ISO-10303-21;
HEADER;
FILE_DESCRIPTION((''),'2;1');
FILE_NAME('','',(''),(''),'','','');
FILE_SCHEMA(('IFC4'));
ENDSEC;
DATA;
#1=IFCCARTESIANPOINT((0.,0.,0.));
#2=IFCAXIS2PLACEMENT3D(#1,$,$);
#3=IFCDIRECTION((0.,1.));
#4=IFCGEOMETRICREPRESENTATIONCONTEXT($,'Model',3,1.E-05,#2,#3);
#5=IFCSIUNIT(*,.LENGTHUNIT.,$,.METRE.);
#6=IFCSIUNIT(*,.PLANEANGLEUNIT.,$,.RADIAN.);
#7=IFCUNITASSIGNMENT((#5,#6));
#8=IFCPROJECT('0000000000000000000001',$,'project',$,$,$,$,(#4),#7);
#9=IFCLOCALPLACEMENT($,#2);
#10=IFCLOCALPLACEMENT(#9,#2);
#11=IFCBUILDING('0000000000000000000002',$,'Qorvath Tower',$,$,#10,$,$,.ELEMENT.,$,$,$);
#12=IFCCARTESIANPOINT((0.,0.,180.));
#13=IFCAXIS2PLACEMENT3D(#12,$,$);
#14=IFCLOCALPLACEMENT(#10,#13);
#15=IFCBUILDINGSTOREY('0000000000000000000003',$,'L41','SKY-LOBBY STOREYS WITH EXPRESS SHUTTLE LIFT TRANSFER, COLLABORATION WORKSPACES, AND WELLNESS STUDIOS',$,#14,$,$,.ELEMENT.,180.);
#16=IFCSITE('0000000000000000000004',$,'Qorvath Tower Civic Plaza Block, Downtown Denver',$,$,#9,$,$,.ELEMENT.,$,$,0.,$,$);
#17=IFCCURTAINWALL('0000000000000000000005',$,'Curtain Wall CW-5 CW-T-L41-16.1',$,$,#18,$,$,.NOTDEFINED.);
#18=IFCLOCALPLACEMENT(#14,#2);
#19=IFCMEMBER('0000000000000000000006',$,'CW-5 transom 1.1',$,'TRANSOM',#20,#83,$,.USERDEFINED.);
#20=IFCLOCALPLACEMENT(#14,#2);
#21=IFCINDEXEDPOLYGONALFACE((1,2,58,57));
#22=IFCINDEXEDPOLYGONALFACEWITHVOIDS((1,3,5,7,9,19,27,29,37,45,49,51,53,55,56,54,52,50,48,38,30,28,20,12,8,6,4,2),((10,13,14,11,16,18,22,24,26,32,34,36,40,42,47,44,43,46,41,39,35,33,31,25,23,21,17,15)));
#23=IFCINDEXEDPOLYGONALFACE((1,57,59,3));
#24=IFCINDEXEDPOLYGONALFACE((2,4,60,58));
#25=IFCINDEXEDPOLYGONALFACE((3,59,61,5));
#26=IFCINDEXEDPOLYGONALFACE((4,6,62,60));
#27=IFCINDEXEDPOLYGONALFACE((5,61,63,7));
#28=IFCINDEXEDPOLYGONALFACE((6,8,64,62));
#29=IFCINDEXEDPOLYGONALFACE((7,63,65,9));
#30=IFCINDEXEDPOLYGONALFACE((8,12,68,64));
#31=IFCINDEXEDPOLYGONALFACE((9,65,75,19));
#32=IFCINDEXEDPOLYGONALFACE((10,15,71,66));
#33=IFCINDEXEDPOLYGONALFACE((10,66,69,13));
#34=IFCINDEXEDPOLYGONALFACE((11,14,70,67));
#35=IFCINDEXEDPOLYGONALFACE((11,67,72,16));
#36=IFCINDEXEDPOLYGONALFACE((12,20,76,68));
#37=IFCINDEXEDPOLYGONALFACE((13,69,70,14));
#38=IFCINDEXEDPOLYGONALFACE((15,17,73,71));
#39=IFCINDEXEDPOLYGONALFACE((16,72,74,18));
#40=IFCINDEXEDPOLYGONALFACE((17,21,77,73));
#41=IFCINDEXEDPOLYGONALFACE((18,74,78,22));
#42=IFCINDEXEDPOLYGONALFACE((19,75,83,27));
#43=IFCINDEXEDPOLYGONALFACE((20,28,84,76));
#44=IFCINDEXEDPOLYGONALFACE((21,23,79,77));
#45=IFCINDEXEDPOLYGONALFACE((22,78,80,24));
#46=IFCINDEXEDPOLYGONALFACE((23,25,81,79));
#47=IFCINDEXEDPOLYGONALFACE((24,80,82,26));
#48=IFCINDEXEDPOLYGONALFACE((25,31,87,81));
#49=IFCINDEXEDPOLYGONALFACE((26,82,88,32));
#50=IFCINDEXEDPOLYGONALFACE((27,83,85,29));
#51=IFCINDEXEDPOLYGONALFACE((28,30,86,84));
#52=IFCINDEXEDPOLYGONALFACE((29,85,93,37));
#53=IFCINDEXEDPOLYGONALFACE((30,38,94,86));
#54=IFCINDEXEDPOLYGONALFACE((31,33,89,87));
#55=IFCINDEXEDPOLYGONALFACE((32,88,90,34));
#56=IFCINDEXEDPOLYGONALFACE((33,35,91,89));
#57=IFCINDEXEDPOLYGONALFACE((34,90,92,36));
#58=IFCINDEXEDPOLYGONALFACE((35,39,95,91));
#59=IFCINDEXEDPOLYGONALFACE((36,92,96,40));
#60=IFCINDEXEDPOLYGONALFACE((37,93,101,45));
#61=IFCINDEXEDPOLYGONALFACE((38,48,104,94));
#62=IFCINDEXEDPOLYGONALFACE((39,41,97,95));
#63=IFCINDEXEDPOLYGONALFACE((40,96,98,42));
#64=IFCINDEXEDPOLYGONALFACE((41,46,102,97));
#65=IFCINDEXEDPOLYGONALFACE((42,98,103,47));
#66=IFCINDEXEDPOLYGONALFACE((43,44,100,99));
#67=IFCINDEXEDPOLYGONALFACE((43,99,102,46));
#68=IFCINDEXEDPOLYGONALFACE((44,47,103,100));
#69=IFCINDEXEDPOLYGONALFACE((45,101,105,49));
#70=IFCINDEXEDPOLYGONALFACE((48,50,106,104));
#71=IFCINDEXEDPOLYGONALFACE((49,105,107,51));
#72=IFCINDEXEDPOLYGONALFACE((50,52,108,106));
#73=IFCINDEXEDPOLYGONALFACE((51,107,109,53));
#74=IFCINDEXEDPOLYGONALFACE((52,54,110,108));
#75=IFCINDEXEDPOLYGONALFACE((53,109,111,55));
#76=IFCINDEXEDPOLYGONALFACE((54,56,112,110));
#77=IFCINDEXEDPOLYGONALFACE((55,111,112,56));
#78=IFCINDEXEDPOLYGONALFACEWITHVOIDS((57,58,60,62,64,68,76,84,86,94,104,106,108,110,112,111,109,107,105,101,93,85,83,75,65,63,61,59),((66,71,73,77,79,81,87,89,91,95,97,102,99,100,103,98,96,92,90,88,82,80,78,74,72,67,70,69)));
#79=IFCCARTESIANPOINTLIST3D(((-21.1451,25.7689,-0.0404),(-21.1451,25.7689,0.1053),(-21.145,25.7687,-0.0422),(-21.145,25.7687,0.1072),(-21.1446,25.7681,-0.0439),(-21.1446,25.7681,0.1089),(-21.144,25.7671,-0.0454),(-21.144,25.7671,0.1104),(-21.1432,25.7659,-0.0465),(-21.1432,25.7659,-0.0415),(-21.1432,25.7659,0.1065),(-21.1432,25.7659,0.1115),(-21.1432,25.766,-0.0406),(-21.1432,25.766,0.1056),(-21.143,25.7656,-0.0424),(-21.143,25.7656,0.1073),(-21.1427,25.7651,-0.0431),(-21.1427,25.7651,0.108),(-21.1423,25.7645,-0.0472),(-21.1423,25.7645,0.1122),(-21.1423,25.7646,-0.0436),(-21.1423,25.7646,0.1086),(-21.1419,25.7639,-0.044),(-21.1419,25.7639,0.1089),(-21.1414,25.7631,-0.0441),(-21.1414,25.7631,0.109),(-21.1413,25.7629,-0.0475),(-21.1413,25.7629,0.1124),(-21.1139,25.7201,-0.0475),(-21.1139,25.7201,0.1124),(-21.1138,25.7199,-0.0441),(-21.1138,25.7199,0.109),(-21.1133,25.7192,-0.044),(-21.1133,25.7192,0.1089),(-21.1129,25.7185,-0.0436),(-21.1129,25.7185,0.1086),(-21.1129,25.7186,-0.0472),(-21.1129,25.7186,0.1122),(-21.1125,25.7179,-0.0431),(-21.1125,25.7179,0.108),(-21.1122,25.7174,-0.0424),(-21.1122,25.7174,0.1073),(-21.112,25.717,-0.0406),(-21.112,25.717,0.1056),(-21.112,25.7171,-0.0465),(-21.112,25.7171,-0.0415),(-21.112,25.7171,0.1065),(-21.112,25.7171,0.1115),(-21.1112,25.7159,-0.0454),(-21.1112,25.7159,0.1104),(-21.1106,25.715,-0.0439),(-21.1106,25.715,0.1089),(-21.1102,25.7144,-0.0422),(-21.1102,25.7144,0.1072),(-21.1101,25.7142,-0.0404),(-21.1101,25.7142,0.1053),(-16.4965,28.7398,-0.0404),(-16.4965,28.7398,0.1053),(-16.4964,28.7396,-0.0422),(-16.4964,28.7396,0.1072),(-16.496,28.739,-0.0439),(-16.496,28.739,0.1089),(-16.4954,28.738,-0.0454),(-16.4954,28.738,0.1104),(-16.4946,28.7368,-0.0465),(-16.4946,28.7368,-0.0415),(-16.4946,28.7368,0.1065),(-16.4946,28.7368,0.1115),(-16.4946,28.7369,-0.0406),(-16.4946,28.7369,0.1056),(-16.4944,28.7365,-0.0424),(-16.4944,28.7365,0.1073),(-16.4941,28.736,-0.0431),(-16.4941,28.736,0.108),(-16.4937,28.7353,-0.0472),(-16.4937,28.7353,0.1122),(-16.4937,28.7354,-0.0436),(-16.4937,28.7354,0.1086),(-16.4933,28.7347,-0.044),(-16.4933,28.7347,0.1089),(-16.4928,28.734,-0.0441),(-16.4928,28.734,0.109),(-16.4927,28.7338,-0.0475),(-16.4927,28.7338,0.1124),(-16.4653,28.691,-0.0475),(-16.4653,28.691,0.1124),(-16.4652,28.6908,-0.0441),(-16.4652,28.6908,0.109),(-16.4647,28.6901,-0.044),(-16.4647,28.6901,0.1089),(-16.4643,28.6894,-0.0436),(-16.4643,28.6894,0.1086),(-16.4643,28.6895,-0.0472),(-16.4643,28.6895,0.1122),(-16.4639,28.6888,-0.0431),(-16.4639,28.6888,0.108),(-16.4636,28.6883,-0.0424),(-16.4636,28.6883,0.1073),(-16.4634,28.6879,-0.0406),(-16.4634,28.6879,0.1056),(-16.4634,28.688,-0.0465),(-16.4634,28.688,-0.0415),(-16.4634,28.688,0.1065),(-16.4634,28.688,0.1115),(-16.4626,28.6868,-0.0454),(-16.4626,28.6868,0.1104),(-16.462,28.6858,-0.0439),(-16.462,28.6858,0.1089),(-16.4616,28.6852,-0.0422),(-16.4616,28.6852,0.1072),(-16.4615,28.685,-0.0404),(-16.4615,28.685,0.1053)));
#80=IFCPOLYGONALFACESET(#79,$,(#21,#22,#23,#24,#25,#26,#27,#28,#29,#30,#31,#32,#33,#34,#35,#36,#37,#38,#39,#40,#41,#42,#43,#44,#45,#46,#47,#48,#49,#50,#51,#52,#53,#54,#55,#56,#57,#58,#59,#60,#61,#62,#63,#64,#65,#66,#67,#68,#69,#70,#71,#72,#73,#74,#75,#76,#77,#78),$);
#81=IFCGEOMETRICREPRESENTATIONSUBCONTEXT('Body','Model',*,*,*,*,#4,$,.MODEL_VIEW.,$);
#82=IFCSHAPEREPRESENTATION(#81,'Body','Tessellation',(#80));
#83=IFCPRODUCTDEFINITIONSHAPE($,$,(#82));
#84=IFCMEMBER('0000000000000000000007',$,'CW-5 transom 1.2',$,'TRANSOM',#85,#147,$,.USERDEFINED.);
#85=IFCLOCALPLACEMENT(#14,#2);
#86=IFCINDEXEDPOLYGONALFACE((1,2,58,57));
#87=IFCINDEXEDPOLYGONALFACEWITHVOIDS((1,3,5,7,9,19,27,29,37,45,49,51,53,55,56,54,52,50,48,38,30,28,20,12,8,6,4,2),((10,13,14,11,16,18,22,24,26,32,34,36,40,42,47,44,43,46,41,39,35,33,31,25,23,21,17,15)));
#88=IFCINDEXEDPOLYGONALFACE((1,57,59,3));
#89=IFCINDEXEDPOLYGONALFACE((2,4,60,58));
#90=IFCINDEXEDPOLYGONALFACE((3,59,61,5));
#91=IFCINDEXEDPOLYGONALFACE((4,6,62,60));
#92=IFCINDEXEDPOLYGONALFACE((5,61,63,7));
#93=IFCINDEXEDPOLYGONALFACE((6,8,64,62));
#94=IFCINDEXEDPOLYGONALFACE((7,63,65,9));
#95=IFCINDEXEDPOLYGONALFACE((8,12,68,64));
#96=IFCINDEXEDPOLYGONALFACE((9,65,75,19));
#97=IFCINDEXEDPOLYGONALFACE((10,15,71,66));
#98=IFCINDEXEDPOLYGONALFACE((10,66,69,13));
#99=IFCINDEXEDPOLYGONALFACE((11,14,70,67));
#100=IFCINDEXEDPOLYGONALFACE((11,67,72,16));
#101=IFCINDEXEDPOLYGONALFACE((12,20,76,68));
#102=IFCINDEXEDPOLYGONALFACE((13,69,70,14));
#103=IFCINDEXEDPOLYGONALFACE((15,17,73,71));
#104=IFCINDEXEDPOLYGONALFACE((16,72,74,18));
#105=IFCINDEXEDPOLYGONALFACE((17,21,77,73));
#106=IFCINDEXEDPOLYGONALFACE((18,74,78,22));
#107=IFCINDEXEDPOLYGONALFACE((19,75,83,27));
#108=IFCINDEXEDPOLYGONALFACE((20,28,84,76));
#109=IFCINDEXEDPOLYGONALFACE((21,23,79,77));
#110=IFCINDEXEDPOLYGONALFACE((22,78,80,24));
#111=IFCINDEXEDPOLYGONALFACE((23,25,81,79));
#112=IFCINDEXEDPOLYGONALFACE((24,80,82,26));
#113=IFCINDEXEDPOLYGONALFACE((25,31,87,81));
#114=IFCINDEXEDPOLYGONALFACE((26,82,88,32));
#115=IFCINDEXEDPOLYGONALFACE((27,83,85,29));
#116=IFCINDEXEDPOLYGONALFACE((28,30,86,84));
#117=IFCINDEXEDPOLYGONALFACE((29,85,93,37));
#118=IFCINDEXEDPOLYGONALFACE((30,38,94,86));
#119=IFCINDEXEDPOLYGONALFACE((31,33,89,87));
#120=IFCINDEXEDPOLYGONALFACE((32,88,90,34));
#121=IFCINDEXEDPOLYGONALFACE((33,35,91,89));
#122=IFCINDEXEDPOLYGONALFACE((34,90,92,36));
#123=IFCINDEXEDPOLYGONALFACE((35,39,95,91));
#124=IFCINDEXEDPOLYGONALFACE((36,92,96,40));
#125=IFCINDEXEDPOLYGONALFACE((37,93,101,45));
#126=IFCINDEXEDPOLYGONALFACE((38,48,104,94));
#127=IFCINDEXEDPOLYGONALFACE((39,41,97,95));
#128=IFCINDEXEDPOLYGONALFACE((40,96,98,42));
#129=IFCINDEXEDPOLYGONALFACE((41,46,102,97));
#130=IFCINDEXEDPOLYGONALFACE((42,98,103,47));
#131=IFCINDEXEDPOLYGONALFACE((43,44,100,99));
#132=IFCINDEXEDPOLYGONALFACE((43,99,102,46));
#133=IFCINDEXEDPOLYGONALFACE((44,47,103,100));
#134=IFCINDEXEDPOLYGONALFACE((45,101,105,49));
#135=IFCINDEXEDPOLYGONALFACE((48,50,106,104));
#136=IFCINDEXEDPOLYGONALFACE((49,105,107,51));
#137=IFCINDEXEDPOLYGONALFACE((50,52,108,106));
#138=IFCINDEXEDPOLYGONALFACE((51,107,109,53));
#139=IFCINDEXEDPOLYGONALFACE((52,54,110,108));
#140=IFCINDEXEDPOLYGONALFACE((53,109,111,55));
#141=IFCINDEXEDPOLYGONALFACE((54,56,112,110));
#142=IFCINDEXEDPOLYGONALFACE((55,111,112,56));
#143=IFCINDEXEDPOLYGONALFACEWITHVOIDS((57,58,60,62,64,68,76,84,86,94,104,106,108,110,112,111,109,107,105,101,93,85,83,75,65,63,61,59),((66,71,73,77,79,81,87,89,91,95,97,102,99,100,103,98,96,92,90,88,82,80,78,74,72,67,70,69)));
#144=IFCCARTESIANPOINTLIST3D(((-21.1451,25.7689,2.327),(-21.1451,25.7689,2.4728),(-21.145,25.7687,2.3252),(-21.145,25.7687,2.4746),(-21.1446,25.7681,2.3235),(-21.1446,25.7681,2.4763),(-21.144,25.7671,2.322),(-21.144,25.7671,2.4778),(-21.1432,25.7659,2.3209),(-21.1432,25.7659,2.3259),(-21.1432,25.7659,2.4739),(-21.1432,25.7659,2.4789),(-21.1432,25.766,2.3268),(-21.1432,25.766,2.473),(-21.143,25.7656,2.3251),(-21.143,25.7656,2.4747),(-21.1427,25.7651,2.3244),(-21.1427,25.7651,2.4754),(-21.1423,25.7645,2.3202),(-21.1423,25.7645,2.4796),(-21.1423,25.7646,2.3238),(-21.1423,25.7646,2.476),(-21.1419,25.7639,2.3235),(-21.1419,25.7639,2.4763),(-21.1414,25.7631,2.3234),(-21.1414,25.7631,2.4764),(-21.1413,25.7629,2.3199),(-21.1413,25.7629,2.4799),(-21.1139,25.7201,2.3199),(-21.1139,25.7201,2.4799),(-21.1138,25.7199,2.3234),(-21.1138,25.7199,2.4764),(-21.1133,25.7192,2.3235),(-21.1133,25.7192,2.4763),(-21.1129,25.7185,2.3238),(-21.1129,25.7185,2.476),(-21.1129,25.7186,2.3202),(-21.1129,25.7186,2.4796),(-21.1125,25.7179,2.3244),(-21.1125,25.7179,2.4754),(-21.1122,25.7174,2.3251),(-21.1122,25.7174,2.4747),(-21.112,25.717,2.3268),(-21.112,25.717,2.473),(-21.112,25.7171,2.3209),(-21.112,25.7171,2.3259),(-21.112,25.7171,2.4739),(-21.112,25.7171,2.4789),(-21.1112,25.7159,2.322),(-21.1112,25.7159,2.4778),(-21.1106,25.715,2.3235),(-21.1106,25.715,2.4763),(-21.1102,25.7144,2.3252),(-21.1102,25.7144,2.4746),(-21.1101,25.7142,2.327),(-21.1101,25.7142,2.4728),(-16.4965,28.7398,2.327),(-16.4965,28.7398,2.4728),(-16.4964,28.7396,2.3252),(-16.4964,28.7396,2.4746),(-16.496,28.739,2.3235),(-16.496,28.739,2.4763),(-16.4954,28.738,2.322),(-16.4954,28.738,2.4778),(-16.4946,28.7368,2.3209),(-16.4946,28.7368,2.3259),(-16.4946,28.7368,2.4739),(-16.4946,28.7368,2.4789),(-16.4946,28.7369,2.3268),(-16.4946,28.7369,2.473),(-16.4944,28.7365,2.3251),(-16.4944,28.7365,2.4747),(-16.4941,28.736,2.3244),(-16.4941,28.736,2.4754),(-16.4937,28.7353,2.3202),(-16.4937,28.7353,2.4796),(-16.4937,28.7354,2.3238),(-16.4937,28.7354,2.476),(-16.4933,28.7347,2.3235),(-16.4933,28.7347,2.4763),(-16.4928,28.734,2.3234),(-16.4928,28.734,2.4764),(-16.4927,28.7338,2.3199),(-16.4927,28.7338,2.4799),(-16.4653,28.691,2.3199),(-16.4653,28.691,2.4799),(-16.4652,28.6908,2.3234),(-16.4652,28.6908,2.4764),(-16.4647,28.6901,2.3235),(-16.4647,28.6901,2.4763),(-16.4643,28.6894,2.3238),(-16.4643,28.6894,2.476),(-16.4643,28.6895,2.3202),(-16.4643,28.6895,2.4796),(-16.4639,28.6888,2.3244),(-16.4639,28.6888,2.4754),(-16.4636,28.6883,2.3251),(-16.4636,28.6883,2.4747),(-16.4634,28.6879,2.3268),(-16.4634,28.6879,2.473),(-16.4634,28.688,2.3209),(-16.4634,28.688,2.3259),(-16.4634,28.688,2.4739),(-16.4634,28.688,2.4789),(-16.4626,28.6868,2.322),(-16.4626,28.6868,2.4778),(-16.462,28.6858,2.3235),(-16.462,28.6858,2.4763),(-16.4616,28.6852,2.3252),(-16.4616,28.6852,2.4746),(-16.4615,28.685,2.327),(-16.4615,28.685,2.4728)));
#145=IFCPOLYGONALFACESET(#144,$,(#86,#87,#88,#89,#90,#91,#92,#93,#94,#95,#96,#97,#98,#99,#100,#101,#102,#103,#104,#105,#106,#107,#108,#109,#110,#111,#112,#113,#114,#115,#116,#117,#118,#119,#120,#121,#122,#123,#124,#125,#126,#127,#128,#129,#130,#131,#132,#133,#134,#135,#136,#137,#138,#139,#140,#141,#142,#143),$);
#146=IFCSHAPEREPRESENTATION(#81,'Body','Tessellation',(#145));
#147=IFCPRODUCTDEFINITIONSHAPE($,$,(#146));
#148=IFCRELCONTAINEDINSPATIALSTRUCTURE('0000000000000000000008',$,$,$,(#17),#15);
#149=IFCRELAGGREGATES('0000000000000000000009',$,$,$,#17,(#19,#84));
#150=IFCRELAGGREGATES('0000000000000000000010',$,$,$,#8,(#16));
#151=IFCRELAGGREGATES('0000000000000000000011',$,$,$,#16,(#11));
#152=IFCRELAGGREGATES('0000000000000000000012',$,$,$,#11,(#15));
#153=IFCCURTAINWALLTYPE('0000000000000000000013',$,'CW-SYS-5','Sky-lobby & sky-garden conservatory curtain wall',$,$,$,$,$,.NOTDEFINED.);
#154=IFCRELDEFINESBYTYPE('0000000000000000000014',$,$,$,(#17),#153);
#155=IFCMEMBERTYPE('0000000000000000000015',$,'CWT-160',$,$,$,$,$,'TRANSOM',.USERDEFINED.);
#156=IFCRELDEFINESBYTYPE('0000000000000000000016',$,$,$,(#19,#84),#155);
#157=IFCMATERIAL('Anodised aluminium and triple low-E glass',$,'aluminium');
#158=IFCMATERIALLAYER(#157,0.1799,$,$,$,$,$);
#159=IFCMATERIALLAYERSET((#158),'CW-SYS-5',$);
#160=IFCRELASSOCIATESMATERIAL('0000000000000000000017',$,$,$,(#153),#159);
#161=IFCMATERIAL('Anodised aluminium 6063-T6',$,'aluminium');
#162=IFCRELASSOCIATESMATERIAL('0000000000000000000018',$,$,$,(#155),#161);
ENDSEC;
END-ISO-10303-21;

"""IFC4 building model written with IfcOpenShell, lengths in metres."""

from ifc_helpers import new_model, si_unit, direction, frame, origin, origin_2d, place, context, subcontext, project, spatial, hollow_rectangle, extrude, material, layer, layer_set, material_profile, profile_set, type_object, element, aggregate, save


model = new_model("IFC4")

# Units and contexts
model_context = context("Model", 3, precision=1e-05, world=origin(), true_north=direction((0.0, 1.0)))
body_context = subcontext(model_context, "Body", "Model", "MODEL_VIEW")
ifc_project = project(units=[si_unit("LENGTHUNIT", "METRE"), si_unit("PLANEANGLEUNIT", "RADIAN")], contexts=[model_context])

# Site, building, storey
site_placement = place(None, origin())
site = spatial("IfcSite", under=ifc_project, at=site_placement, Name="Qorvath Tower Civic Plaza Block, Downtown Denver", CompositionType="ELEMENT", RefElevation=0.0)
building_placement = place(site_placement, origin())
building = spatial("IfcBuilding", under=site, at=building_placement, Name="Qorvath Tower", CompositionType="ELEMENT")
storey_placement = place(building_placement, frame((0.0, 0.0, 180.0)))
storey = spatial("IfcBuildingStorey", under=building, at=storey_placement, Name="L41", Description="SKY-LOBBY STOREYS WITH EXPRESS SHUTTLE LIFT TRANSFER, COLLABORATION WORKSPACES, AND WELLNESS STUDIOS", CompositionType="ELEMENT", Elevation=180.0)

# Shared definitions
ifc_material_1 = material(Name="Anodised aluminium and triple low-E glass", Category="aluminium")
ifc_layer_1 = layer(ifc_material_1, 0.1799)
ifc_layer_set_1 = layer_set([ifc_layer_1], Name="CW-SYS-5")
curtain_wall_type = type_object("IfcCurtainWallType", Name="CW-SYS-5", Description="Sky-lobby & sky-garden conservatory curtain wall", PredefinedType="NOTDEFINED", material=ifc_layer_set_1)

# Curtain wall
curtain_wall_1_placement = place(storey_placement, origin())
curtain_wall_1 = element("IfcCurtainWall", 1, at=curtain_wall_1_placement, inside=storey, type_object=curtain_wall_type, Name="Curtain Wall CW-5 CW-T-L41-16.1", PredefinedType="NOTDEFINED")

# Members
ifc_material_2 = material(Name="Anodised aluminium 6063-T6", Category="aluminium")
ifc_material_profile_1 = material_profile(ifc_material_2, hollow_rectangle(XDim=0.0649, YDim=0.1599, WallThickness=0.0034, InnerFilletRadius=0.0034, OuterFilletRadius=0.0071, at=origin_2d()), Name="CWT 160x65")
ifc_profile_set_1 = profile_set([ifc_material_profile_1], Name="Anodised aluminium 6063-T6")
member_type_1 = type_object("IfcMemberType", Name="CWT-160", ElementType="TRANSOM", PredefinedType="USERDEFINED", material=ifc_profile_set_1)
member_1_placement = place(storey_placement, frame((-16.479, 28.7124, 0.0325), z_axis=(-0.842618, -0.538512, 0.0), x_axis=(0.538512, -0.842618, 0.0)))
member_1 = element("IfcMember", 2, at=member_1_placement, type_object=member_type_1, Name="CW-5 transom 1.1", ObjectType="TRANSOM", PredefinedType="USERDEFINED", context=body_context, shape_type="SweptSolid", body=[
    extrude(hollow_rectangle(XDim=0.0649, YDim=0.1599, WallThickness=0.0034, InnerFilletRadius=0.0034, OuterFilletRadius=0.0071, at=origin_2d()), origin(), (0.0, 0.0, 1.0), 5.5168),
])
member_2_placement = place(storey_placement, frame((-16.479, 28.7124, 2.3999), z_axis=(-0.842618, -0.538512, 0.0), x_axis=(0.538512, -0.842618, 0.0)))
member_2 = element("IfcMember", 3, at=member_2_placement, type_object=member_type_1, Name="CW-5 transom 1.2", ObjectType="TRANSOM", PredefinedType="USERDEFINED", context=body_context, shape_type="SweptSolid", body=[
    extrude(hollow_rectangle(XDim=0.0649, YDim=0.1599, WallThickness=0.0034, InnerFilletRadius=0.0034, OuterFilletRadius=0.0071, at=origin_2d()), origin(), (0.0, 0.0, 1.0), 5.5168),
])

aggregate(curtain_wall_1, [member_1, member_2])

save(model, "model.ifc")
